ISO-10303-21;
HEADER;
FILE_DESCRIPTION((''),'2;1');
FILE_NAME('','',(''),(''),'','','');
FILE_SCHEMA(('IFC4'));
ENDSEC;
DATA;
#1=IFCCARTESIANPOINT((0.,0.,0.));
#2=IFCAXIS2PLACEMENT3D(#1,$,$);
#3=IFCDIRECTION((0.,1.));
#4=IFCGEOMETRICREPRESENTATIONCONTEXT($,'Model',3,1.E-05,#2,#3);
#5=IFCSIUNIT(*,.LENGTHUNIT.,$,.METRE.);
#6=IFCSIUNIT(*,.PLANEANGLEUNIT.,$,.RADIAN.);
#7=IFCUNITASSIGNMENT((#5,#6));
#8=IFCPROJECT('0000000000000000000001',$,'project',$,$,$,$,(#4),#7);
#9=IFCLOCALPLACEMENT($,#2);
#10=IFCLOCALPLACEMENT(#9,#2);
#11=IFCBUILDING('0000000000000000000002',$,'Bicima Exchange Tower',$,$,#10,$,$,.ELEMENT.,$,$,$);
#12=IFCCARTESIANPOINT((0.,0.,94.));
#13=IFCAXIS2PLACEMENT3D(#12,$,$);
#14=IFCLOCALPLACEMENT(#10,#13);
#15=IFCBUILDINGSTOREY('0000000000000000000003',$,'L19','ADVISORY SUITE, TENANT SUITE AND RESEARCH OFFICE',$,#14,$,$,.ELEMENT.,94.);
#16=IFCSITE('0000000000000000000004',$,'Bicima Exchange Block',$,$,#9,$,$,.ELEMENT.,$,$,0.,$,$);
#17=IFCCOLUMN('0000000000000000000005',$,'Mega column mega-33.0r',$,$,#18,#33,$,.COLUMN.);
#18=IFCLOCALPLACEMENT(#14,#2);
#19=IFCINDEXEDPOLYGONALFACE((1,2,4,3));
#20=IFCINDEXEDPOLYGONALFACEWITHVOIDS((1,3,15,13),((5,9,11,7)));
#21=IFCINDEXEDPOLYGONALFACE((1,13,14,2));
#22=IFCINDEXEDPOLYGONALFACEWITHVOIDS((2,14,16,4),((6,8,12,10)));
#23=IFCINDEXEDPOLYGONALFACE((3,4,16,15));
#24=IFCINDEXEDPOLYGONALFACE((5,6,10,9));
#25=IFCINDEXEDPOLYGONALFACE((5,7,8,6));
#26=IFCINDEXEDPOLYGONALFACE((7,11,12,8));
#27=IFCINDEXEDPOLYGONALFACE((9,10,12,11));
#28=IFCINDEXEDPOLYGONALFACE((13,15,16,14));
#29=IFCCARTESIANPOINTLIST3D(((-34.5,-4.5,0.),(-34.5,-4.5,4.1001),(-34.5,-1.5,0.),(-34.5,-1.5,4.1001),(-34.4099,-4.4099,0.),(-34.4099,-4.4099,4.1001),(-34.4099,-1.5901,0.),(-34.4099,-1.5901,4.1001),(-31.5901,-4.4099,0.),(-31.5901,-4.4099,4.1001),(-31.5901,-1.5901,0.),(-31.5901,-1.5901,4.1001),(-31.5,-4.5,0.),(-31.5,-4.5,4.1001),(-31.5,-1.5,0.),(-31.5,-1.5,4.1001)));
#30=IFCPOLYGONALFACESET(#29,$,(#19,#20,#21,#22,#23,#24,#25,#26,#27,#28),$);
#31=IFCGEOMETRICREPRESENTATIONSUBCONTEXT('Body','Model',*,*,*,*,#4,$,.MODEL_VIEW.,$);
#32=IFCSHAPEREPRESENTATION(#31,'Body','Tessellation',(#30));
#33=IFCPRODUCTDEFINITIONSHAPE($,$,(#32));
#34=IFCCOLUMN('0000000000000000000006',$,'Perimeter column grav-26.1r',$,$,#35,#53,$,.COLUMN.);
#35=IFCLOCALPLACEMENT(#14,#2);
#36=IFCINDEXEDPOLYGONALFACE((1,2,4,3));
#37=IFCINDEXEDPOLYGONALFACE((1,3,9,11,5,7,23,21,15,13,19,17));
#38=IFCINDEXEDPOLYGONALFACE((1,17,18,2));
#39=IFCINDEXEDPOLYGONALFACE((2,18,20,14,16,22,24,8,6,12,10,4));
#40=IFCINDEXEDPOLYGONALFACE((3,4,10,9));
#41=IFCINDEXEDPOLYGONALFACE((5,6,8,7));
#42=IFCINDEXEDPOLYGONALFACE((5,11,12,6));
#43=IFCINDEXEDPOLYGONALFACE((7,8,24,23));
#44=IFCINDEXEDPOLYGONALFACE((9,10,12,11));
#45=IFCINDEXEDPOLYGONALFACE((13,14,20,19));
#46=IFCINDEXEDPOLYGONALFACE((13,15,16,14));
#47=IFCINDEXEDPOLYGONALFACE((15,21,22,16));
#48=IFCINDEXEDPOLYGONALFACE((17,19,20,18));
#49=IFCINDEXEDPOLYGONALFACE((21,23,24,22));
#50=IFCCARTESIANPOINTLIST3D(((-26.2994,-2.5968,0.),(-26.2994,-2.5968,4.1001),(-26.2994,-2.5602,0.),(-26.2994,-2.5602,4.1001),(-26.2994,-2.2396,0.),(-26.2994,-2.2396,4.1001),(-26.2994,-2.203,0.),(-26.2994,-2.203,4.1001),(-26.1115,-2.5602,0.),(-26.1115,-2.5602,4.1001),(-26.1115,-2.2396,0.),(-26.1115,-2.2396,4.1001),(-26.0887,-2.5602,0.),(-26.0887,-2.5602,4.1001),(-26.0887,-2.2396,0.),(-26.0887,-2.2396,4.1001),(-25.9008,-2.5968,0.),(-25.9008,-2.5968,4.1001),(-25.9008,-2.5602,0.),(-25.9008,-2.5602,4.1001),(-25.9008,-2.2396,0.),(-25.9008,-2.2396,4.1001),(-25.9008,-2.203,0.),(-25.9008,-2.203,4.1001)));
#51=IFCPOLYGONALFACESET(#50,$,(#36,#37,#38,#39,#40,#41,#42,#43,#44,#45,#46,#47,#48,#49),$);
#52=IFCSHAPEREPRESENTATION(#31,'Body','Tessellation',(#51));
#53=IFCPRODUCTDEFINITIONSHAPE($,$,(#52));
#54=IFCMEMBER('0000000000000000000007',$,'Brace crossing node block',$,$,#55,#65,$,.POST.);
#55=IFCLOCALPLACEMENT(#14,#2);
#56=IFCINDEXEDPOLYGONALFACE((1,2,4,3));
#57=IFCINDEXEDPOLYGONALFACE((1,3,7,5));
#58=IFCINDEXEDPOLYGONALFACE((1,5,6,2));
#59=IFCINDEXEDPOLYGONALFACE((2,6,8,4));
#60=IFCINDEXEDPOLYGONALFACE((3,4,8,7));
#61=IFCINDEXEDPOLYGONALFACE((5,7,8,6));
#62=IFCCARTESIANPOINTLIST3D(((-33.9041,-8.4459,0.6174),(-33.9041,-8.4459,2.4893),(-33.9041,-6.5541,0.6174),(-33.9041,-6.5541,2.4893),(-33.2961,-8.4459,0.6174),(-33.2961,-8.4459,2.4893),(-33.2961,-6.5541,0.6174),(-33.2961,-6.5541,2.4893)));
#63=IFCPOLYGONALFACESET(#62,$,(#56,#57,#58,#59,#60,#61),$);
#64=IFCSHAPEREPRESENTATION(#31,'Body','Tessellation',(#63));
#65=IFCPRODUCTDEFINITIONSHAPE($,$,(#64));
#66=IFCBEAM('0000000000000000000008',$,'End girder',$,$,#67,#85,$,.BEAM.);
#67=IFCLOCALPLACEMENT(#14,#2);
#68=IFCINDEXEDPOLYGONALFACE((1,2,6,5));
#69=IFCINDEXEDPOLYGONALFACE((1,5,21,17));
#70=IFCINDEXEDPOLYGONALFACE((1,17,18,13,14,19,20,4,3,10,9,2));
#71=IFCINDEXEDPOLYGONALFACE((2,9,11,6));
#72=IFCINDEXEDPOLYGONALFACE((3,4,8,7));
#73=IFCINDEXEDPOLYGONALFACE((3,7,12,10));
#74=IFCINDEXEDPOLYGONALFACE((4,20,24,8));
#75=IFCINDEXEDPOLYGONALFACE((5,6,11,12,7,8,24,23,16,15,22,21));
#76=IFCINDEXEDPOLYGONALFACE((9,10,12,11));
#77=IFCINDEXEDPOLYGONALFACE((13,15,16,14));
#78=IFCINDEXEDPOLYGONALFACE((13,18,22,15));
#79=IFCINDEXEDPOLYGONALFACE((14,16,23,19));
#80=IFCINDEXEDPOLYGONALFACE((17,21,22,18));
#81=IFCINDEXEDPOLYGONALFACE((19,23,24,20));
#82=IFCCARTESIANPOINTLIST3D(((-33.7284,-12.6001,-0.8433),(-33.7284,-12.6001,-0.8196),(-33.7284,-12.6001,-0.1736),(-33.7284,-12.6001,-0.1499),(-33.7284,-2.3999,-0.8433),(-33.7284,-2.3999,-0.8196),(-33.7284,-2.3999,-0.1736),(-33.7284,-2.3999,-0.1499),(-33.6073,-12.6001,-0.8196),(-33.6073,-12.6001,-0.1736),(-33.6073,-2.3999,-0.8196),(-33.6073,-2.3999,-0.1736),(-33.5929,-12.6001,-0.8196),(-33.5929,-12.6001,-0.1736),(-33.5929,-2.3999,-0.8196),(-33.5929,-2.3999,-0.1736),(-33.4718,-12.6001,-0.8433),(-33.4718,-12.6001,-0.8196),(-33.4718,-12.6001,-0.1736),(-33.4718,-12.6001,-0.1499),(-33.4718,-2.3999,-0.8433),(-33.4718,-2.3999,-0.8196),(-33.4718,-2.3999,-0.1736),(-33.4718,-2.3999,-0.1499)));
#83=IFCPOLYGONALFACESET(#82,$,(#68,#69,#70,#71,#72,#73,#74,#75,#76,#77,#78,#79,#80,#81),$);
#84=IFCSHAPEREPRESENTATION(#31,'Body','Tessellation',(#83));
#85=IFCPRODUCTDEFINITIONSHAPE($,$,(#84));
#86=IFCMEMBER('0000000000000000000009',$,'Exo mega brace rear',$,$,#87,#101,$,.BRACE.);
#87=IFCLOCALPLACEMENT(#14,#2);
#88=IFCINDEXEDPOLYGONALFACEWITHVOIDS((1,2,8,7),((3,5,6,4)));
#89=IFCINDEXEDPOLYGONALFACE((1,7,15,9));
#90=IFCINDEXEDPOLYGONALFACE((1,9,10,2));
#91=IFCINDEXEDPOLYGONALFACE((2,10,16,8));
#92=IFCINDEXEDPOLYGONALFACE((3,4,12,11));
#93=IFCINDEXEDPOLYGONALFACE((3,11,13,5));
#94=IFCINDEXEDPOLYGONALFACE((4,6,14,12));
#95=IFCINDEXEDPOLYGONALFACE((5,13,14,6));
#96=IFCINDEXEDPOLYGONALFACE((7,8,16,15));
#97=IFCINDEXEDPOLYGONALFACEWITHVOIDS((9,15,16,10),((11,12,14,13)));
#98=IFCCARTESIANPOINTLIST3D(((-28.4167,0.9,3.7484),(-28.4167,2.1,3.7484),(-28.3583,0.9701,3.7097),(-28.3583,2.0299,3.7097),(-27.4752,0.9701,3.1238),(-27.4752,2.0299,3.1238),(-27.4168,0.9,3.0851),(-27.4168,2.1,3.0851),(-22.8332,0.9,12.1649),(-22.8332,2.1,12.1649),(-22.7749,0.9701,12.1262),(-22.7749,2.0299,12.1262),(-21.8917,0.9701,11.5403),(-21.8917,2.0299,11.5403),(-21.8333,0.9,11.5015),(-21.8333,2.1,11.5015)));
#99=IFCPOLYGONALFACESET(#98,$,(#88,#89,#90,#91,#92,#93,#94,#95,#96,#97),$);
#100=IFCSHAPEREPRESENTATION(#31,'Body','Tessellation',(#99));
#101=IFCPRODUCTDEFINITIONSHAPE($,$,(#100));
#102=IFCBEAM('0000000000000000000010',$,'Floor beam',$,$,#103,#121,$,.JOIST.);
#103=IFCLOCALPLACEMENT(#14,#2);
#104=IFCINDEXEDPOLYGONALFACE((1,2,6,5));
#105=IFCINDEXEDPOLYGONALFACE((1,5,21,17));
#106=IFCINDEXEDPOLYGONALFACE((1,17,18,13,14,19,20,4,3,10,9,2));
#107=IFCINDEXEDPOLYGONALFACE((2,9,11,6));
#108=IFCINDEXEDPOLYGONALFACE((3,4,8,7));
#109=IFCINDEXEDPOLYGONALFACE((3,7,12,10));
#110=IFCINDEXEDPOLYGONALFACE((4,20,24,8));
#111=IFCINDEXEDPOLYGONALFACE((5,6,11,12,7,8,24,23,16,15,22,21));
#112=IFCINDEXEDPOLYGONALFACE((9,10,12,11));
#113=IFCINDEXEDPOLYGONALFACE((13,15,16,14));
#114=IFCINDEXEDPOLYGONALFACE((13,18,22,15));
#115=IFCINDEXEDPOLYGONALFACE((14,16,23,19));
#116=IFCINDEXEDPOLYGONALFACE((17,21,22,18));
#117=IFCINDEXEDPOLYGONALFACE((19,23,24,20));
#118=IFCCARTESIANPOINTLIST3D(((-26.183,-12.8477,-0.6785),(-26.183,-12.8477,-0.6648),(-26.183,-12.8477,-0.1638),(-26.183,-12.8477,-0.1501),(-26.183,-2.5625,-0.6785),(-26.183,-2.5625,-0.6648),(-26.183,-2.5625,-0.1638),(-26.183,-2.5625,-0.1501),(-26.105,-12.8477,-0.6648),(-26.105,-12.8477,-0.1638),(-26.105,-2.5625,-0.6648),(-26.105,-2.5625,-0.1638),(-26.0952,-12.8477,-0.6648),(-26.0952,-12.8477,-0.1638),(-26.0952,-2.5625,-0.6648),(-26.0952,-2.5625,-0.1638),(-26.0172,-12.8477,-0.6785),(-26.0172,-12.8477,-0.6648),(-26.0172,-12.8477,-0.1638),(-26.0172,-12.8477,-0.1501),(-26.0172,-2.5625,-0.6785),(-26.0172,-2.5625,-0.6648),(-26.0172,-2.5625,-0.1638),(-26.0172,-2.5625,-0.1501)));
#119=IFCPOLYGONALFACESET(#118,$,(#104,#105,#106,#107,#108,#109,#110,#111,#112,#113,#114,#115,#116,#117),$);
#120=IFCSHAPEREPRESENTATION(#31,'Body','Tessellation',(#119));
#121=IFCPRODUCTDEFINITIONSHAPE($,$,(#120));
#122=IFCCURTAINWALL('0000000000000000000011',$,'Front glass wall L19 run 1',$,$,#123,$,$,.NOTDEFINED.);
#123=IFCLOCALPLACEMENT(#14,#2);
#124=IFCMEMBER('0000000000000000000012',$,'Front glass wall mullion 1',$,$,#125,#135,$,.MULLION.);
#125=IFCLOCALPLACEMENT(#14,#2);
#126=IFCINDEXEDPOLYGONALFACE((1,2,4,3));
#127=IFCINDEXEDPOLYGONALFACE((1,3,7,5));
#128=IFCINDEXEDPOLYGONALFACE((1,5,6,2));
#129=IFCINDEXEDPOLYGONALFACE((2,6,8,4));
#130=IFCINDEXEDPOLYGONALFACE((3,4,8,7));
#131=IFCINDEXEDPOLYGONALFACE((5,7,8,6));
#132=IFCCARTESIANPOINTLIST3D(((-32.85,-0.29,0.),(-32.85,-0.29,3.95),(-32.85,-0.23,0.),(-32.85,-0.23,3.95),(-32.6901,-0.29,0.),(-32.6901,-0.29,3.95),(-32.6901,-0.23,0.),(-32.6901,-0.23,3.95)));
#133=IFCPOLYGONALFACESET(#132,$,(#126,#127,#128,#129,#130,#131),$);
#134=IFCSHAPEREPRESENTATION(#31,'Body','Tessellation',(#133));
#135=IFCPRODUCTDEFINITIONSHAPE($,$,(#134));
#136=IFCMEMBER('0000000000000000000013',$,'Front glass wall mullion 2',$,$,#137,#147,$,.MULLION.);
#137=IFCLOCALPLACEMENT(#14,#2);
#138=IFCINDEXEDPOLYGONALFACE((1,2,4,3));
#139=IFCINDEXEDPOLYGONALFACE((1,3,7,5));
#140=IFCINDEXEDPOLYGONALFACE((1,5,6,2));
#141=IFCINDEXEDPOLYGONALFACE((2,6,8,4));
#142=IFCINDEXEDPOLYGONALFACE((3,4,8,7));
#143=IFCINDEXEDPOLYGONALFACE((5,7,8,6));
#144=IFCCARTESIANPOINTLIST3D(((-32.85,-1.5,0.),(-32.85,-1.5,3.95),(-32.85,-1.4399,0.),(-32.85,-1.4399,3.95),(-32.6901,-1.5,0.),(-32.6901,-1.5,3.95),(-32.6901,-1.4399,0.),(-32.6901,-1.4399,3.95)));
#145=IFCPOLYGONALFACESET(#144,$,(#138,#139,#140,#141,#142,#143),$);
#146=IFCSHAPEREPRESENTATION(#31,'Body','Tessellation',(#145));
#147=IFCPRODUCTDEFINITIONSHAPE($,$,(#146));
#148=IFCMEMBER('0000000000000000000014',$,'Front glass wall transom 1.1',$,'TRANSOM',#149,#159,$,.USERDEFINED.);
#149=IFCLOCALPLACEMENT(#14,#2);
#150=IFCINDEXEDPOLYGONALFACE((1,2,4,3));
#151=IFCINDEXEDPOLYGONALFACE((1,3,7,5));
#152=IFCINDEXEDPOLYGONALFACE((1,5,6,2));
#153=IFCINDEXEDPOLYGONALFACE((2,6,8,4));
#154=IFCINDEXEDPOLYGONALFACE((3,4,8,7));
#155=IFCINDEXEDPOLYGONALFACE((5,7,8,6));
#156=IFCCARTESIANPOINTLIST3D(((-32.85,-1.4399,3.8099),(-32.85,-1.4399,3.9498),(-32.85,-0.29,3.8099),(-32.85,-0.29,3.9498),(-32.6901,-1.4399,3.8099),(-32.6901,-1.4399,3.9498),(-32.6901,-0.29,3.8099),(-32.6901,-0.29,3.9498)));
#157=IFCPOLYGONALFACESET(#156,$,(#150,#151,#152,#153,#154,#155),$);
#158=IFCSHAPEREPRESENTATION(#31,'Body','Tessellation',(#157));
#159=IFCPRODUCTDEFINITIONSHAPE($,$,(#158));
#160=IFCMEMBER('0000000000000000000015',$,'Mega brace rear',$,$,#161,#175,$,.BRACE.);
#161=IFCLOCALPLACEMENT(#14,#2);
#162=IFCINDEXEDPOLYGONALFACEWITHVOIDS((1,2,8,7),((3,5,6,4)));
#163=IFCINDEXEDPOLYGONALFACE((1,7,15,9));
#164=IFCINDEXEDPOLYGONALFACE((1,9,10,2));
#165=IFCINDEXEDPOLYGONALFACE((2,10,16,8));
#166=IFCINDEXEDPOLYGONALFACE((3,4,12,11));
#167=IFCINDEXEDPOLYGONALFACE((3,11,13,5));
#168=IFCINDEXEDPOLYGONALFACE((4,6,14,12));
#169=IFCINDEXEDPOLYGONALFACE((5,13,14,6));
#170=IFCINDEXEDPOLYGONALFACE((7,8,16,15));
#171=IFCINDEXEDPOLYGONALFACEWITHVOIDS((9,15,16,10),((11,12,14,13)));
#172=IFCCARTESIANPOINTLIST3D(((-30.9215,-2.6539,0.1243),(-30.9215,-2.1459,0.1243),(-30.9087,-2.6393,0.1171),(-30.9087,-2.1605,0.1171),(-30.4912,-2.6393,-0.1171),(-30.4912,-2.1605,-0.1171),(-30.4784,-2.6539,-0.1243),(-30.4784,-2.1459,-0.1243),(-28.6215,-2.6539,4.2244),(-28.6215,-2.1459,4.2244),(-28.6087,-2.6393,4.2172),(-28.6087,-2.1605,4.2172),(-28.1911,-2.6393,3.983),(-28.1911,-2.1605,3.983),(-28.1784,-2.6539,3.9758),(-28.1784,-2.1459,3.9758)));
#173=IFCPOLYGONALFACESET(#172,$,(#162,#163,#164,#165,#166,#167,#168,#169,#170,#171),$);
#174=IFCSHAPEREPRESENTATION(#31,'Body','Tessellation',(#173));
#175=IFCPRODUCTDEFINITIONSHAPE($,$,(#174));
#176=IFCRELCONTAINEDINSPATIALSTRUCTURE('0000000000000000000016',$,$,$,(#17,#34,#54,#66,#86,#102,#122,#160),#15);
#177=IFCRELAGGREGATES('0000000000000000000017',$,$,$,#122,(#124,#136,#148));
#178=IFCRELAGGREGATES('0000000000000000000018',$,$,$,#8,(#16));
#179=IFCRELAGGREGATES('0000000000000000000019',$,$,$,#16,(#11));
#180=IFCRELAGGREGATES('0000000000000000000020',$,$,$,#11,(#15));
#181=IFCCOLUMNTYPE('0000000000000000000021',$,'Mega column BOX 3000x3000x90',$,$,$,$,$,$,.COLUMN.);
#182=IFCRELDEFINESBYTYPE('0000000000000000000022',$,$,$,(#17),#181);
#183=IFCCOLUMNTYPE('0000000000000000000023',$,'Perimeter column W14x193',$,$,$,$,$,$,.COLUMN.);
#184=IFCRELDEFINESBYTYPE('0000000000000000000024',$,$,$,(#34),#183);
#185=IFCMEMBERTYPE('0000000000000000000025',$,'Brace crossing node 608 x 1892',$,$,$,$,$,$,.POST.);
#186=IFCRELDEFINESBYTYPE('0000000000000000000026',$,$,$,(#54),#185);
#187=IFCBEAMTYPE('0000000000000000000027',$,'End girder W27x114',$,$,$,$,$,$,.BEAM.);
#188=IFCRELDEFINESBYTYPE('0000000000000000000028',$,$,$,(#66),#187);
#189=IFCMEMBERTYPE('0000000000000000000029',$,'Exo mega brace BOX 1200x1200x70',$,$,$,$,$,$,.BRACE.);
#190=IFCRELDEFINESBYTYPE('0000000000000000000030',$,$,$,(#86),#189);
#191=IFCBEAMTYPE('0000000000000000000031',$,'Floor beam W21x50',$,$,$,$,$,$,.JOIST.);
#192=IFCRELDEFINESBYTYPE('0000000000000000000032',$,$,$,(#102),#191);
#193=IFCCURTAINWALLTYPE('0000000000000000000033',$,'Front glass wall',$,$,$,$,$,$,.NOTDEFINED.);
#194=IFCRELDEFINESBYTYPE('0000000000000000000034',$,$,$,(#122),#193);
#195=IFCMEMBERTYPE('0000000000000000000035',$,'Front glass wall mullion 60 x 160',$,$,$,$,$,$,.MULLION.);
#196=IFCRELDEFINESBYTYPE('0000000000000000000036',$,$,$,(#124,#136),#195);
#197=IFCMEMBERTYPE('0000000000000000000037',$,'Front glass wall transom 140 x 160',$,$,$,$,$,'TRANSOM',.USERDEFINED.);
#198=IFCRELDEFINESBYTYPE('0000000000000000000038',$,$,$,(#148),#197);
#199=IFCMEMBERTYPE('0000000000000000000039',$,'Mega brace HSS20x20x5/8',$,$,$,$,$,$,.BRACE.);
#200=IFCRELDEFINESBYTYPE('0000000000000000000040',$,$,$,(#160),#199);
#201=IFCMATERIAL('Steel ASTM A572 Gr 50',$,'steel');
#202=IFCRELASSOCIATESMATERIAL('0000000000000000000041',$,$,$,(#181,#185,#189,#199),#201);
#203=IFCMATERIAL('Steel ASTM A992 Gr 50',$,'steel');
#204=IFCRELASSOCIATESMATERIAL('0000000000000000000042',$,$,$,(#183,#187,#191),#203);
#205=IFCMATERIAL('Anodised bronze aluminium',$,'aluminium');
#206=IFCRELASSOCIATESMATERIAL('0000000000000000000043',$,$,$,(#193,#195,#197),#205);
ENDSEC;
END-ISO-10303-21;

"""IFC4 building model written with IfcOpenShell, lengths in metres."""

from ifc_helpers import new_model, si_unit, direction, frame, origin, origin_2d, place, context, subcontext, project, spatial, rectangle, hollow_rectangle, i_section, extrude, material, material_profile, profile_set, type_object, element, aggregate, save


model = new_model("IFC4")

# Units and contexts
model_context = context("Model", 3, precision=1e-05, world=origin(), true_north=direction((0.0, 1.0)))
body_context = subcontext(model_context, "Body", "Model", "MODEL_VIEW")
ifc_project = project(units=[si_unit("LENGTHUNIT", "METRE"), si_unit("PLANEANGLEUNIT", "RADIAN")], contexts=[model_context])

# Site, building, storey
site_placement = place(None, origin())
site = spatial("IfcSite", under=ifc_project, at=site_placement, Name="Bicima Exchange Block", CompositionType="ELEMENT", RefElevation=0.0)
building_placement = place(site_placement, origin())
building = spatial("IfcBuilding", under=site, at=building_placement, Name="Bicima Exchange Tower", CompositionType="ELEMENT")
storey_placement = place(building_placement, frame((0.0, 0.0, 94.0)))
storey = spatial("IfcBuildingStorey", under=building, at=storey_placement, Name="L19", Description="ADVISORY SUITE, TENANT SUITE AND RESEARCH OFFICE", CompositionType="ELEMENT", Elevation=94.0)

# Columns
ifc_material_1 = material(Name="Steel ASTM A572 Gr 50", Category="steel")
ifc_material_profile_1 = material_profile(ifc_material_1, hollow_rectangle(XDim=3.0, YDim=3.0, WallThickness=0.0901, at=origin_2d()))
ifc_profile_set_1 = profile_set([ifc_material_profile_1], Name="Steel ASTM A572 Gr 50")
column_type_1 = type_object("IfcColumnType", Name="Mega column BOX 3000x3000x90", PredefinedType="COLUMN", material=ifc_profile_set_1)
column_1_placement = place(storey_placement, frame((-33.0, -3.0, 0.0), z_axis=(0.0, 0.0, 1.0), x_axis=(1.0, 0.0, 0.0)))
element("IfcColumn", 1, at=column_1_placement, inside=storey, type_object=column_type_1, Name="Mega column mega-33.0r", PredefinedType="COLUMN", context=body_context, shape_type="SweptSolid", body=[
    extrude(hollow_rectangle(XDim=3.0, YDim=3.0, WallThickness=0.0901, at=origin_2d()), origin(), (0.0, 0.0, 1.0), 4.1001),
])
ifc_material_2 = material(Name="Steel ASTM A992 Gr 50", Category="steel")
ifc_material_profile_2 = material_profile(ifc_material_2, i_section(OverallWidth=0.3987, OverallDepth=0.3938, WebThickness=0.0227, FlangeThickness=0.0366, at=origin_2d()))
ifc_profile_set_2 = profile_set([ifc_material_profile_2], Name="Steel ASTM A992 Gr 50")
column_type_2 = type_object("IfcColumnType", Name="Perimeter column W14x193", PredefinedType="COLUMN", material=ifc_profile_set_2)
column_2_placement = place(storey_placement, frame((-26.1001, -2.3999, 0.0), z_axis=(0.0, 0.0, 1.0), x_axis=(1.0, 0.0, 0.0)))
element("IfcColumn", 2, at=column_2_placement, inside=storey, type_object=column_type_2, Name="Perimeter column grav-26.1r", PredefinedType="COLUMN", context=body_context, shape_type="SweptSolid", body=[
    extrude(i_section(OverallWidth=0.3987, OverallDepth=0.3938, WebThickness=0.0227, FlangeThickness=0.0366, at=origin_2d()), origin(), (0.0, 0.0, 1.0), 4.1001),
])

# Member
ifc_material_profile_3 = material_profile(ifc_material_1, rectangle(XDim=0.6079, YDim=1.8918, at=origin_2d()))
ifc_profile_set_3 = profile_set([ifc_material_profile_3], Name="Steel ASTM A572 Gr 50")
member_type_1 = type_object("IfcMemberType", Name="Brace crossing node 608 x 1892", PredefinedType="POST", material=ifc_profile_set_3)
member_1_placement = place(storey_placement, frame((-33.6001, -7.5, 0.6174), z_axis=(0.0, 0.0, 1.0), x_axis=(1.0, 0.0, 0.0)))
element("IfcMember", 3, at=member_1_placement, inside=storey, type_object=member_type_1, Name="Brace crossing node block", PredefinedType="POST", context=body_context, shape_type="SweptSolid", body=[
    extrude(rectangle(XDim=0.6079, YDim=1.8918, at=origin_2d()), origin(), (0.0, 0.0, 1.0), 1.8718),
])

# Beam
ifc_material_profile_4 = material_profile(ifc_material_2, i_section(OverallWidth=0.2566, OverallDepth=0.6934, WebThickness=0.0144, FlangeThickness=0.0237, at=origin_2d()))
ifc_profile_set_4 = profile_set([ifc_material_profile_4], Name="Steel ASTM A992 Gr 50")
beam_type_1 = type_object("IfcBeamType", Name="End girder W27x114", PredefinedType="BEAM", material=ifc_profile_set_4)
beam_1_placement = place(storey_placement, frame((-33.6001, -2.3999, -0.4966), z_axis=(0.0, -1.0, 0.0), x_axis=(1.0, 0.0, 0.0)))
element("IfcBeam", 4, at=beam_1_placement, inside=storey, type_object=beam_type_1, Name="End girder", PredefinedType="BEAM", context=body_context, shape_type="SweptSolid", body=[
    extrude(i_section(OverallWidth=0.2566, OverallDepth=0.6934, WebThickness=0.0144, FlangeThickness=0.0237, at=origin_2d()), origin(), (0.0, 0.0, 1.0), 10.2002),
])

# Member
ifc_material_profile_5 = material_profile(ifc_material_1, hollow_rectangle(XDim=1.2, YDim=1.2, WallThickness=0.0701, at=origin_2d()))
ifc_profile_set_5 = profile_set([ifc_material_profile_5], Name="Steel ASTM A572 Gr 50")
member_type_2 = type_object("IfcMemberType", Name="Exo mega brace BOX 1200x1200x70", PredefinedType="BRACE", material=ifc_profile_set_5)
member_2_placement = place(storey_placement, frame((-27.9167, 1.5, 3.4167), z_axis=(0.552813, 0.0, 0.833305), x_axis=(0.0, 1.0, 0.0)))
element("IfcMember", 5, at=member_2_placement, inside=storey, type_object=member_type_2, Name="Exo mega brace rear", PredefinedType="BRACE", context=body_context, shape_type="SweptSolid", body=[
    extrude(hollow_rectangle(XDim=1.2, YDim=1.2, WallThickness=0.0701, at=origin_2d()), origin(), (0.0, 0.0, 1.0), 10.1001),
])

# Beam
ifc_material_profile_6 = material_profile(ifc_material_2, i_section(OverallWidth=0.1658, OverallDepth=0.5283, WebThickness=0.0098, FlangeThickness=0.0137, at=origin_2d()))
ifc_profile_set_6 = profile_set([ifc_material_profile_6], Name="Steel ASTM A992 Gr 50")
beam_type_2 = type_object("IfcBeamType", Name="Floor beam W21x50", PredefinedType="JOIST", material=ifc_profile_set_6)
beam_2_placement = place(storey_placement, frame((-26.1001, -2.5625, -0.4143), z_axis=(0.0, -1.0, 0.0), x_axis=(1.0, 0.0, 0.0)))
element("IfcBeam", 6, at=beam_2_placement, inside=storey, type_object=beam_type_2, Name="Floor beam", PredefinedType="JOIST", context=body_context, shape_type="SweptSolid", body=[
    extrude(i_section(OverallWidth=0.1658, OverallDepth=0.5283, WebThickness=0.0098, FlangeThickness=0.0137, at=origin_2d()), origin(), (0.0, 0.0, 1.0), 10.2852),
])

# Curtain wall, members
ifc_material_3 = material(Name="Anodised bronze aluminium", Category="aluminium")
curtain_wall_type = type_object("IfcCurtainWallType", Name="Front glass wall", PredefinedType="NOTDEFINED", material=ifc_material_3)
curtain_wall_placement = place(storey_placement, origin())
curtain_wall = element("IfcCurtainWall", 7, at=curtain_wall_placement, inside=storey, type_object=curtain_wall_type, Name="Front glass wall L19 run 1", PredefinedType="NOTDEFINED")
ifc_material_profile_7 = material_profile(ifc_material_3, rectangle(XDim=0.1599, YDim=0.0601, at=origin_2d()))
ifc_profile_set_7 = profile_set([ifc_material_profile_7], Name="Anodised bronze aluminium")
member_type_3 = type_object("IfcMemberType", Name="Front glass wall mullion 60 x 160", PredefinedType="MULLION", material=ifc_profile_set_7)
member_3_placement = place(storey_placement, frame((-32.77, -0.26, 0.0), z_axis=(0.0, 0.0, 1.0), x_axis=(1.0, 0.0, 0.0)))
member_3 = element("IfcMember", 8, at=member_3_placement, type_object=member_type_3, Name="Front glass wall mullion 1", PredefinedType="MULLION", context=body_context, shape_type="SweptSolid", body=[
    extrude(rectangle(XDim=0.1599, YDim=0.0601, at=origin_2d()), origin(), (0.0, 0.0, 1.0), 3.95),
])
member_4_placement = place(storey_placement, frame((-32.77, -1.47, 0.0), z_axis=(0.0, 0.0, 1.0), x_axis=(1.0, 0.0, 0.0)))
member_4 = element("IfcMember", 9, at=member_4_placement, type_object=member_type_3, Name="Front glass wall mullion 2", PredefinedType="MULLION", context=body_context, shape_type="SweptSolid", body=[
    extrude(rectangle(XDim=0.1599, YDim=0.0601, at=origin_2d()), origin(), (0.0, 0.0, 1.0), 3.95),
])
ifc_material_profile_8 = material_profile(ifc_material_3, rectangle(XDim=0.1599, YDim=0.1399, at=origin_2d()))
ifc_profile_set_8 = profile_set([ifc_material_profile_8], Name="Anodised bronze aluminium")
member_type_4 = type_object("IfcMemberType", Name="Front glass wall transom 140 x 160", ElementType="TRANSOM", PredefinedType="USERDEFINED", material=ifc_profile_set_8)
member_5_placement = place(storey_placement, frame((-32.77, -0.29, 3.8799), z_axis=(0.0, -1.0, 0.0), x_axis=(1.0, 0.0, 0.0)))
member_5 = element("IfcMember", 10, at=member_5_placement, type_object=member_type_4, Name="Front glass wall transom 1.1", ObjectType="TRANSOM", PredefinedType="USERDEFINED", context=body_context, shape_type="SweptSolid", body=[
    extrude(rectangle(XDim=0.1599, YDim=0.1399, at=origin_2d()), origin(), (0.0, 0.0, 1.0), 1.1499),
])

# Member
ifc_material_profile_9 = material_profile(ifc_material_1, hollow_rectangle(XDim=0.5081, YDim=0.5081, WallThickness=0.0146, at=origin_2d()))
ifc_profile_set_9 = profile_set([ifc_material_profile_9], Name="Steel ASTM A572 Gr 50")
member_type_5 = type_object("IfcMemberType", Name="Mega brace HSS20x20x5/8", PredefinedType="BRACE", material=ifc_profile_set_9)
member_6_placement = place(storey_placement, frame((-30.7, -2.3999, 0.0), z_axis=(0.48925, 0.0, 0.872144), x_axis=(0.0, 1.0, 0.0)))
element("IfcMember", 11, at=member_6_placement, inside=storey, type_object=member_type_5, Name="Mega brace rear", PredefinedType="BRACE", context=body_context, shape_type="SweptSolid", body=[
    extrude(hollow_rectangle(XDim=0.5081, YDim=0.5081, WallThickness=0.0146, at=origin_2d()), origin(), (0.0, 0.0, 1.0), 4.7012),
])

aggregate(curtain_wall, [member_3, member_4, member_5])

save(model, "model.ifc")
